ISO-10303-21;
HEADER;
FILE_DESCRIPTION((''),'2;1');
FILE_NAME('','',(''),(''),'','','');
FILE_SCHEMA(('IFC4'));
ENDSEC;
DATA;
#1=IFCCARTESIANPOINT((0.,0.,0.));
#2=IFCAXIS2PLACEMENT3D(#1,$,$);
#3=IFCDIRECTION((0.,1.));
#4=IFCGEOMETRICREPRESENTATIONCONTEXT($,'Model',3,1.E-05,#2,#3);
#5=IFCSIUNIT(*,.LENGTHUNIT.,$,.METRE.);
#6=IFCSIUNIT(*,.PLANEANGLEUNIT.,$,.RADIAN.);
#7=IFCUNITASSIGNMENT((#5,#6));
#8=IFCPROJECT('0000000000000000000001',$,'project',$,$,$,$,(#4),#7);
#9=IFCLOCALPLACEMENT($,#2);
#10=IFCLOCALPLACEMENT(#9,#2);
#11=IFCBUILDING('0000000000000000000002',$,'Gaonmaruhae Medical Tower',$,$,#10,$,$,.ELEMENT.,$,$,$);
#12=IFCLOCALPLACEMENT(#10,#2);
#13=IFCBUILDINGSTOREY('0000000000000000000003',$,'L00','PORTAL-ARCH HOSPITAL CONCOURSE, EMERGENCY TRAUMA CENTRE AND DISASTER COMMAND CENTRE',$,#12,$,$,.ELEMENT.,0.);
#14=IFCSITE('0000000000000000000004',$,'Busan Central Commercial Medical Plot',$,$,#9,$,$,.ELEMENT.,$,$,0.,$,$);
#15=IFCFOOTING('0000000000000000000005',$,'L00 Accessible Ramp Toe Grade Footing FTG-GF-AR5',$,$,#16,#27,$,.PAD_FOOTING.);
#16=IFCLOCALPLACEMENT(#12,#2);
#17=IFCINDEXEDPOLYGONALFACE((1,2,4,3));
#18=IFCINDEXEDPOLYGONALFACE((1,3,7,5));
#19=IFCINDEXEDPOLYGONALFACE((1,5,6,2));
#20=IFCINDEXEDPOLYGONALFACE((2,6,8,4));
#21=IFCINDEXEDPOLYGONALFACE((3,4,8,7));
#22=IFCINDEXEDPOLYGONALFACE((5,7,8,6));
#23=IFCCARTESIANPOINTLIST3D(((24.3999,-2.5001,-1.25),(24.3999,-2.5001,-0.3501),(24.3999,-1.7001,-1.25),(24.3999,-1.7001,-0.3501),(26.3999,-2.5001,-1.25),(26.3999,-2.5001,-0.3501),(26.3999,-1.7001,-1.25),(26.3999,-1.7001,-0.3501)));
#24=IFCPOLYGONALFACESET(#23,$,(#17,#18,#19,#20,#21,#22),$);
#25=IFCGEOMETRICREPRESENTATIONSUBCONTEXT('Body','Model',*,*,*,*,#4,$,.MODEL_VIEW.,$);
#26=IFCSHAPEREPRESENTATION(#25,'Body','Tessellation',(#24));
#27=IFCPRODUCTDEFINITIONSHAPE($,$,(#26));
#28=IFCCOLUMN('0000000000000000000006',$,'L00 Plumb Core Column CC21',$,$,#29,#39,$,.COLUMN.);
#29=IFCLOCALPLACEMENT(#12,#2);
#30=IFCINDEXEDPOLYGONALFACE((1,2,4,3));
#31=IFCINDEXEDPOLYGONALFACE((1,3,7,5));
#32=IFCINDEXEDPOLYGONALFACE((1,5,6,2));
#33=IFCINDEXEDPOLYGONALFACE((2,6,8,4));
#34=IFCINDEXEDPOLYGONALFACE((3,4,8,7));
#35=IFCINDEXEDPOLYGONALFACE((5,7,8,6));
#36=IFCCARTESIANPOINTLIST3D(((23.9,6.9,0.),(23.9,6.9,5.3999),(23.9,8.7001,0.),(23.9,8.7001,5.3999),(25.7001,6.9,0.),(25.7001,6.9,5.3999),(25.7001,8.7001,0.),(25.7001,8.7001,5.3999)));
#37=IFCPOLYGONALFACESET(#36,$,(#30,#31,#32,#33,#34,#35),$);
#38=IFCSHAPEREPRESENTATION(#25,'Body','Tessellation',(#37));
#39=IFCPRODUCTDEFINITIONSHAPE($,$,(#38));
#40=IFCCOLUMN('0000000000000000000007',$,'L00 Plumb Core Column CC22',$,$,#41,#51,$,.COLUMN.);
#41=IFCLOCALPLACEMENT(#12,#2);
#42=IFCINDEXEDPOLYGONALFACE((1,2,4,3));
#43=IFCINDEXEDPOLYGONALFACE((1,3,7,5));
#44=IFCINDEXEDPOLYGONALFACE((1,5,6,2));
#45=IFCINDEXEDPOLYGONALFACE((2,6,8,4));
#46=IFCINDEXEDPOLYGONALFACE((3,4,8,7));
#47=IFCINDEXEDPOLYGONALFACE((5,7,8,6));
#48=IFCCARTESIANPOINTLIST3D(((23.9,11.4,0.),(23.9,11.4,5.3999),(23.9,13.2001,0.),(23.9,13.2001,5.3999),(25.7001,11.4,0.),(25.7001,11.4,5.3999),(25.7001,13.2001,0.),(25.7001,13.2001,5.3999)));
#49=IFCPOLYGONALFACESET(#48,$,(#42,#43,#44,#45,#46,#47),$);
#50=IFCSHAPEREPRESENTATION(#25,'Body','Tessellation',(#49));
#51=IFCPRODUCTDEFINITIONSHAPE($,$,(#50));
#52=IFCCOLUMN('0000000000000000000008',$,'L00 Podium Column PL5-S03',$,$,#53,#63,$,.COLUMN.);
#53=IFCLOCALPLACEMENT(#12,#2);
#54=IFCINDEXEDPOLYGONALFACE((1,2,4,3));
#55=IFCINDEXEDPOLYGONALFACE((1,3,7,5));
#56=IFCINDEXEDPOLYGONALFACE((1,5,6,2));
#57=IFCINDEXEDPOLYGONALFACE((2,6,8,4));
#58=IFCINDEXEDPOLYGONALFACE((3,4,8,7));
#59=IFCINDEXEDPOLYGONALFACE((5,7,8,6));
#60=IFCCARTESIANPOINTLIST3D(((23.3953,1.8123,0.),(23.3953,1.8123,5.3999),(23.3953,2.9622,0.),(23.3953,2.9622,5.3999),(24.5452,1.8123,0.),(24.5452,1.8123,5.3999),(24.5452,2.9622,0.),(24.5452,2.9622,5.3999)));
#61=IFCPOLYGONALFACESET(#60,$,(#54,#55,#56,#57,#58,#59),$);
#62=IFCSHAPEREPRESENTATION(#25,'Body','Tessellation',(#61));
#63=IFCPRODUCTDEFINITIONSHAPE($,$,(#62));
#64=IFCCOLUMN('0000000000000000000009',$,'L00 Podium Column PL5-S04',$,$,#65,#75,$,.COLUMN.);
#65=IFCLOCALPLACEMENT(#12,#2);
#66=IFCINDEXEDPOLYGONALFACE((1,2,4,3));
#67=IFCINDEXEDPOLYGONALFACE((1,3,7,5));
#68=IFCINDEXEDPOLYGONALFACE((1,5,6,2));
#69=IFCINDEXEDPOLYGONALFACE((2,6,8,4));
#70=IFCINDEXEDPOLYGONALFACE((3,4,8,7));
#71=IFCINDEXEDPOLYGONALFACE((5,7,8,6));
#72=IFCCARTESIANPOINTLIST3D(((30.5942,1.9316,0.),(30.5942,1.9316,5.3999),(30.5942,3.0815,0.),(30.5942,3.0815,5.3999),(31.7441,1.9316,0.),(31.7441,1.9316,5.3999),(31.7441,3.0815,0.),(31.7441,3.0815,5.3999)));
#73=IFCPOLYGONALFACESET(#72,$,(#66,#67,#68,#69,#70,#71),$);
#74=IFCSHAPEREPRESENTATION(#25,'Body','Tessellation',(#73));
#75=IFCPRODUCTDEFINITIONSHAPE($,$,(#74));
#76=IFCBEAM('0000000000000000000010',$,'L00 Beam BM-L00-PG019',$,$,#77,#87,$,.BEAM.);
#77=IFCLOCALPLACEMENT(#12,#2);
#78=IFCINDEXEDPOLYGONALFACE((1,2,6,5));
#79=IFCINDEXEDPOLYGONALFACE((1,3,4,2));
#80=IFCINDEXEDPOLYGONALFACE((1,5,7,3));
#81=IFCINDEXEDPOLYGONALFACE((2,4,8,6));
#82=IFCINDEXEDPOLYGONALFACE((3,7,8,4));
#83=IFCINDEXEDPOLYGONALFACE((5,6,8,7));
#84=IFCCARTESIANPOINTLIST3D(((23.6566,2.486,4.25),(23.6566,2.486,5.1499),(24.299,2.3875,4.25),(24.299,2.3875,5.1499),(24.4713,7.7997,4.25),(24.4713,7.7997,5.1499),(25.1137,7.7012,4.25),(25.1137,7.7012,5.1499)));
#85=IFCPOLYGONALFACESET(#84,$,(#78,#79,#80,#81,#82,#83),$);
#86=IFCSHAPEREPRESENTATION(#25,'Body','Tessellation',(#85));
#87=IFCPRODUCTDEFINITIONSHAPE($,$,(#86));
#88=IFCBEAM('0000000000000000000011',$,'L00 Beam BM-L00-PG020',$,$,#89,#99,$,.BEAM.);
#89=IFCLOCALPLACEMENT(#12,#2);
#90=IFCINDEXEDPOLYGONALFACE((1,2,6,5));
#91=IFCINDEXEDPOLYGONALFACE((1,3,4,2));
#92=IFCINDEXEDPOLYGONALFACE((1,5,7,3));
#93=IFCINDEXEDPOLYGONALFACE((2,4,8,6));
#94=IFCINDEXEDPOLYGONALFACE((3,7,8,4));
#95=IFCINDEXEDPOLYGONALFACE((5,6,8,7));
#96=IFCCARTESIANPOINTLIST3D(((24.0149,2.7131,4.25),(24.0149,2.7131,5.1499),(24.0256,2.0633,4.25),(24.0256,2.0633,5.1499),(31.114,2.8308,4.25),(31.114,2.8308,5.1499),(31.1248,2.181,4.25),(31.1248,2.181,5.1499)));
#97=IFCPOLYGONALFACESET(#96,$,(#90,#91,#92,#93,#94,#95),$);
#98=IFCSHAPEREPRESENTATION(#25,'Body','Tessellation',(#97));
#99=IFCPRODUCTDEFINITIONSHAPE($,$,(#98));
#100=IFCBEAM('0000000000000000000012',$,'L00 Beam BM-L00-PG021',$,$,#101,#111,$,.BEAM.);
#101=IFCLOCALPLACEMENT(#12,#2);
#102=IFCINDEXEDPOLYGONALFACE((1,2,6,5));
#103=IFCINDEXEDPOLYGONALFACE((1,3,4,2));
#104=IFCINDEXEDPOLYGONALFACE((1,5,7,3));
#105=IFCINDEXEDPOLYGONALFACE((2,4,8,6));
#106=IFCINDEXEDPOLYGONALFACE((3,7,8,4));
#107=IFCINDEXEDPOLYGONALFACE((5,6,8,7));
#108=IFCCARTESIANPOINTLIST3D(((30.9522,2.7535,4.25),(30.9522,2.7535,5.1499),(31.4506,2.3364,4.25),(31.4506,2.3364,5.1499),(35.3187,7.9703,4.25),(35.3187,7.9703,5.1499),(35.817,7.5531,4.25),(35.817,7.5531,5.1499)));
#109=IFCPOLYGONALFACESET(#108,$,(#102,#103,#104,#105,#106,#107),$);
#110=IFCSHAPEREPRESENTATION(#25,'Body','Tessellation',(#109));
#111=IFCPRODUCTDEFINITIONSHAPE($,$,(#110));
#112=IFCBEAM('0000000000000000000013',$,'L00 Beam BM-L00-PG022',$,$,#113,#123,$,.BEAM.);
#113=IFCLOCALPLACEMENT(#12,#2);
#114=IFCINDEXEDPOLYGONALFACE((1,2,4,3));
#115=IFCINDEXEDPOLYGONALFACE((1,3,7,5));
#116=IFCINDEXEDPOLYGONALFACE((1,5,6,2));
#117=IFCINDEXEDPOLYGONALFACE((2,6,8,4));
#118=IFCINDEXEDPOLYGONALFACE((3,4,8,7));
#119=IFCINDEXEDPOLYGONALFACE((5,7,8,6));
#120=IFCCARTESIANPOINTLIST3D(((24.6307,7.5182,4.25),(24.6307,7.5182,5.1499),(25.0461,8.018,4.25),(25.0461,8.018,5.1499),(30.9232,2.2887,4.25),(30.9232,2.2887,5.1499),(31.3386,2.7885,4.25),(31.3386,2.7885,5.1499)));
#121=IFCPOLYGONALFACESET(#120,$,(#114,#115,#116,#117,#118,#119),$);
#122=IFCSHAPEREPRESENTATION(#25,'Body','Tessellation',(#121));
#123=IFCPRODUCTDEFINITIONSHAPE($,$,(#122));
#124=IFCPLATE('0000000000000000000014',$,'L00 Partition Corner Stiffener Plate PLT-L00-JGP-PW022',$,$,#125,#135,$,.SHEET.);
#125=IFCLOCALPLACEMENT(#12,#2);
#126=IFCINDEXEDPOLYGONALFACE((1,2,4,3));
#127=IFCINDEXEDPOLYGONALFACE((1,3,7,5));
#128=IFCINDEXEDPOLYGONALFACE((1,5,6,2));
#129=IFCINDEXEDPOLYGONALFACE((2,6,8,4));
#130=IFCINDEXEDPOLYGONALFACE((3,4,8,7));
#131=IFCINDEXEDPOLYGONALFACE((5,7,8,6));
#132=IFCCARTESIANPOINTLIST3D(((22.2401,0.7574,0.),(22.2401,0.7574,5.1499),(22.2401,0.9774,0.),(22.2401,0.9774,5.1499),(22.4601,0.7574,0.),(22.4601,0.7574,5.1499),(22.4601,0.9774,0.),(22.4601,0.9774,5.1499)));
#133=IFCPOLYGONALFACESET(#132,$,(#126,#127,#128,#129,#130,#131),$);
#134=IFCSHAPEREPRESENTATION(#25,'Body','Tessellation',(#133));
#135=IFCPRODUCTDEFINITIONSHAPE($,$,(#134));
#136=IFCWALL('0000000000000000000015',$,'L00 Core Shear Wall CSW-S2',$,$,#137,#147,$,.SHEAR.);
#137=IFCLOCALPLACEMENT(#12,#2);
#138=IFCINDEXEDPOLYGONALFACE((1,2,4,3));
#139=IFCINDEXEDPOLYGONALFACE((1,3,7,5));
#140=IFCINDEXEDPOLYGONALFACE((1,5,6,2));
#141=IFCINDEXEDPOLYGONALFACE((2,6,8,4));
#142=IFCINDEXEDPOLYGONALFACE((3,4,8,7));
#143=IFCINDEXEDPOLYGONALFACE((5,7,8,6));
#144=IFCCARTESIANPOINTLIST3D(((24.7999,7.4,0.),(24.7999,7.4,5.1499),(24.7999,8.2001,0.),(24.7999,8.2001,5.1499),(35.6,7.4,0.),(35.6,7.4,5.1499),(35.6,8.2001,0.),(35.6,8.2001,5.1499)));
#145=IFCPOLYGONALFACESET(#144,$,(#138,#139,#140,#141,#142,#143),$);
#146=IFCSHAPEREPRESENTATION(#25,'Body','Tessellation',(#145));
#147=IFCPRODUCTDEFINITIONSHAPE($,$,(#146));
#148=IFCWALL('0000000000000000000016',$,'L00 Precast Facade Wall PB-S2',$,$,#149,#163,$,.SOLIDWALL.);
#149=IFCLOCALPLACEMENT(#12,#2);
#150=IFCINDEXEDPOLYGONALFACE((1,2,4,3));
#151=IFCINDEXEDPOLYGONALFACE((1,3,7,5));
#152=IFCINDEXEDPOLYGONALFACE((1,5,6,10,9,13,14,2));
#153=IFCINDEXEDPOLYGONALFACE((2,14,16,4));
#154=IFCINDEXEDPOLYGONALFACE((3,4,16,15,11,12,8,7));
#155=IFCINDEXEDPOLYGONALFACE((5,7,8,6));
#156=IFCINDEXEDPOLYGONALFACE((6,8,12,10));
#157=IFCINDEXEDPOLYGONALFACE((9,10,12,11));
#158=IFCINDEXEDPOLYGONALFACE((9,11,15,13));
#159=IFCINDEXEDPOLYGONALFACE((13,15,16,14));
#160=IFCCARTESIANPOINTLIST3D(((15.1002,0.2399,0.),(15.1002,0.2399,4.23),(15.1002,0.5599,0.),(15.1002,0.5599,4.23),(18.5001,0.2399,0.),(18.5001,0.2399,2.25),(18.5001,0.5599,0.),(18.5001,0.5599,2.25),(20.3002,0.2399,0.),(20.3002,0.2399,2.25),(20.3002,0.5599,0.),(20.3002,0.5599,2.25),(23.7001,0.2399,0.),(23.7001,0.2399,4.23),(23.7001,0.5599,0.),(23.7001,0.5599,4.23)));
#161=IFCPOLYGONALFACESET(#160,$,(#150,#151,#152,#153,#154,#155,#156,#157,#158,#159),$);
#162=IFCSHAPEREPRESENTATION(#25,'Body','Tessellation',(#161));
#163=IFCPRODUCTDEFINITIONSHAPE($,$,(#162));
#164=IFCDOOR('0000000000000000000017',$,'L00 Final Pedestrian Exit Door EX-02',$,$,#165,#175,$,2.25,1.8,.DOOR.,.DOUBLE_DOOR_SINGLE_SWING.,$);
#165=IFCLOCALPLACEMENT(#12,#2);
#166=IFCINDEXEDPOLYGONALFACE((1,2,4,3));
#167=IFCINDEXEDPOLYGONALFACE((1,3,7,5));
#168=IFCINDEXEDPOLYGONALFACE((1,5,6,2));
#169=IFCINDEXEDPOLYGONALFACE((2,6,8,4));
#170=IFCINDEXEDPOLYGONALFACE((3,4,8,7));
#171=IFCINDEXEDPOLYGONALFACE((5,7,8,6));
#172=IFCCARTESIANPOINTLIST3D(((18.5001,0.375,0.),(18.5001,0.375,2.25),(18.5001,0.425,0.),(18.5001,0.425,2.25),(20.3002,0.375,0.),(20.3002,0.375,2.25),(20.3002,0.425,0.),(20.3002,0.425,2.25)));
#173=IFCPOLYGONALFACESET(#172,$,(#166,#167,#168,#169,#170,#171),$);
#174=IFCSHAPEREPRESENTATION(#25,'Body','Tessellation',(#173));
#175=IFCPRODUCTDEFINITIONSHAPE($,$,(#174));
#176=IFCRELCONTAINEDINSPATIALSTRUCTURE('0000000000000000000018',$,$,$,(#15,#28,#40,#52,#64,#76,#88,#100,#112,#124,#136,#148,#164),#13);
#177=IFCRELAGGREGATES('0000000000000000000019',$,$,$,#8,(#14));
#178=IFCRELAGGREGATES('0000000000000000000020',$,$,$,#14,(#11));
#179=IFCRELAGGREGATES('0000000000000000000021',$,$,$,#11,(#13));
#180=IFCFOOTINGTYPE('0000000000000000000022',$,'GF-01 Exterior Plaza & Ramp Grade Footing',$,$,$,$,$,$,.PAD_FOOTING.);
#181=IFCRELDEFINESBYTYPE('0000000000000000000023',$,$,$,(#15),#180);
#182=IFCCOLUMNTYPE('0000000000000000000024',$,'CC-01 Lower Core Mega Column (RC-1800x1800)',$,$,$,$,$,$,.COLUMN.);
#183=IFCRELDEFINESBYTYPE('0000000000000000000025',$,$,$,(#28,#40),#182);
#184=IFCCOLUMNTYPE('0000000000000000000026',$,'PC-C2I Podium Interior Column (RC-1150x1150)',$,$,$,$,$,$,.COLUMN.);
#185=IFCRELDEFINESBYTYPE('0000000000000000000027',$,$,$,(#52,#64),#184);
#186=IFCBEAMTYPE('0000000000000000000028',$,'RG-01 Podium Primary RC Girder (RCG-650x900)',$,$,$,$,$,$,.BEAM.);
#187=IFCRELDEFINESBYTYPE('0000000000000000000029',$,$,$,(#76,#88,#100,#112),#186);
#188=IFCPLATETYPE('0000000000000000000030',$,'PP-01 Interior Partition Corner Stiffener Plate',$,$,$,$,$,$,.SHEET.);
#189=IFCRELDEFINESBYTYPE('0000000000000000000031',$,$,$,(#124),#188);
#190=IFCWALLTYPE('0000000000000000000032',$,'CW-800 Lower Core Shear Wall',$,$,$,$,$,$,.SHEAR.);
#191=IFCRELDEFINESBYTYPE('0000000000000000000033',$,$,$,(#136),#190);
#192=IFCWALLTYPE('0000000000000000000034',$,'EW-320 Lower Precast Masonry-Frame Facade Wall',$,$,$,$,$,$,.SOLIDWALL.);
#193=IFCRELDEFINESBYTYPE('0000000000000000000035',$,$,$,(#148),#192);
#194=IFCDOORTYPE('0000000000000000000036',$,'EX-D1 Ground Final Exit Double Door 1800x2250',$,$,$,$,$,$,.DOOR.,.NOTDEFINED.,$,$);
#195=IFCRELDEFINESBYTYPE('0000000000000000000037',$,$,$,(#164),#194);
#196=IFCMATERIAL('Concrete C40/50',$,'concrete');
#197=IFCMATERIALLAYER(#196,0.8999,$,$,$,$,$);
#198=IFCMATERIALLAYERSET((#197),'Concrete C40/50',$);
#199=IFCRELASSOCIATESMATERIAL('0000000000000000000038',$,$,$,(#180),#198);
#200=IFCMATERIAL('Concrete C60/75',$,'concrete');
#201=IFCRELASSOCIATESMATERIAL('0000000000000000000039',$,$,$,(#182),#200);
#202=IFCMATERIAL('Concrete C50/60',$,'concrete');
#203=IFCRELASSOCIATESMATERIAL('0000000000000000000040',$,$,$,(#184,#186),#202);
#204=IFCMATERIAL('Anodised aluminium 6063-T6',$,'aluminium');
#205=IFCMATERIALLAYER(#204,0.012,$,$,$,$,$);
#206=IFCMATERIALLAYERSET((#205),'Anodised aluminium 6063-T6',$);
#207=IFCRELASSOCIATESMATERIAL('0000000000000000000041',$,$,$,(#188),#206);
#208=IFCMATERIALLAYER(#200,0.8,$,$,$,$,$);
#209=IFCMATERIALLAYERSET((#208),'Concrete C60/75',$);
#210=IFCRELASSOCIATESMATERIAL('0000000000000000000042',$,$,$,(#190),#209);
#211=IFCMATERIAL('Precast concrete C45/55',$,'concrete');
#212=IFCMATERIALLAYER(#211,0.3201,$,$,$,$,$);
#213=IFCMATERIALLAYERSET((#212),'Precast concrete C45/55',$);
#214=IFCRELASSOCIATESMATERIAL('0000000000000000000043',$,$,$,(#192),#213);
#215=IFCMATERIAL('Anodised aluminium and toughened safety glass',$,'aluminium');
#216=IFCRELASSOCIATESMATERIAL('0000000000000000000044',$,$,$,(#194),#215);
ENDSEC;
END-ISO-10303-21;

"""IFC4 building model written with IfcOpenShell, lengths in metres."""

from ifc_helpers import new_model, si_unit, direction, frame, frame_2d, origin, origin_2d, place, context, subcontext, project, spatial, rectangle, extrude, material, layer, layer_set, material_profile, profile_set, type_object, element, fill, save


model = new_model("IFC4")

# Units and contexts
model_context = context("Model", 3, precision=1e-05, world=origin(), true_north=direction((0.0, 1.0)))
body_context = subcontext(model_context, "Body", "Model", "MODEL_VIEW")
ifc_project = project(units=[si_unit("LENGTHUNIT", "METRE"), si_unit("PLANEANGLEUNIT", "RADIAN")], contexts=[model_context])

# Site, building, storey
site_placement = place(None, origin())
site = spatial("IfcSite", under=ifc_project, at=site_placement, Name="Busan Central Commercial Medical Plot", CompositionType="ELEMENT", RefElevation=0.0)
building_placement = place(site_placement, origin())
building = spatial("IfcBuilding", under=site, at=building_placement, Name="Gaonmaruhae Medical Tower", CompositionType="ELEMENT")
storey_placement = place(building_placement, origin())
storey = spatial("IfcBuildingStorey", under=building, at=storey_placement, Name="L00", Description="PORTAL-ARCH HOSPITAL CONCOURSE, EMERGENCY TRAUMA CENTRE AND DISASTER COMMAND CENTRE", CompositionType="ELEMENT", Elevation=0.0)

# Footing
ifc_material_1 = material(Name="Concrete C40/50", Category="concrete")
ifc_layer_1 = layer(ifc_material_1, 0.8999)
ifc_layer_set_1 = layer_set([ifc_layer_1], Name="Concrete C40/50")
footing_type = type_object("IfcFootingType", Name="GF-01 Exterior Plaza & Ramp Grade Footing", PredefinedType="PAD_FOOTING", material=ifc_layer_set_1)
footing_placement = place(storey_placement, frame((25.3999, -2.1001, -1.25), z_axis=(0.0, 0.0, 1.0), x_axis=(1.0, 0.0, 0.0)))
element("IfcFooting", 1, at=footing_placement, inside=storey, type_object=footing_type, Name="L00 Accessible Ramp Toe Grade Footing FTG-GF-AR5", PredefinedType="PAD_FOOTING", context=body_context, shape_type="SweptSolid", body=[
    extrude(rectangle(XDim=2.0, YDim=0.8, at=origin_2d()), origin(), (0.0, 0.0, 1.0), 0.8999),
])

# Columns
ifc_material_2 = material(Name="Concrete C60/75", Category="concrete")
ifc_material_profile_1 = material_profile(ifc_material_2, rectangle(XDim=1.8, YDim=1.8, at=origin_2d()), Name="RC-1800x1800")
ifc_profile_set_1 = profile_set([ifc_material_profile_1], Name="Concrete C60/75")
column_type_1 = type_object("IfcColumnType", Name="CC-01 Lower Core Mega Column (RC-1800x1800)", PredefinedType="COLUMN", material=ifc_profile_set_1)
for number, where, z_axis, x_axis, name in (
    (2, (24.8, 7.8, 0.0), (0.0, 0.0, 1.0), (1.0, 0.0, 0.0), "L00 Plumb Core Column CC21"),
    (3, (24.8, 12.3, 0.0), (0.0, 0.0, 1.0), (1.0, 0.0, 0.0), "L00 Plumb Core Column CC22"),
):
    element("IfcColumn", number, at=place(storey_placement, frame(where, z_axis=z_axis, x_axis=x_axis)), inside=storey, type_object=column_type_1, Name=name, PredefinedType="COLUMN", context=body_context, shape_type="SweptSolid", body=[
        extrude(rectangle(XDim=1.8, YDim=1.8, at=origin_2d()), origin(), (0.0, 0.0, 1.0), 5.3999),
    ])
ifc_material_3 = material(Name="Concrete C50/60", Category="concrete")
ifc_material_profile_2 = material_profile(ifc_material_3, rectangle(XDim=1.1499, YDim=1.1499, at=origin_2d()), Name="RC-1150x1150")
ifc_profile_set_2 = profile_set([ifc_material_profile_2], Name="Concrete C50/60")
column_type_2 = type_object("IfcColumnType", Name="PC-C2I Podium Interior Column (RC-1150x1150)", PredefinedType="COLUMN", material=ifc_profile_set_2)
for number, where, z_axis, x_axis, name in (
    (4, (23.9702, 2.3872, 0.0), (0.0, 0.0, 1.0), (1.0, 0.0, 0.0), "L00 Podium Column PL5-S03"),
    (5, (31.1692, 2.5066, 0.0), (0.0, 0.0, 1.0), (1.0, 0.0, 0.0), "L00 Podium Column PL5-S04"),
):
    element("IfcColumn", number, at=place(storey_placement, frame(where, z_axis=z_axis, x_axis=x_axis)), inside=storey, type_object=column_type_2, Name=name, PredefinedType="COLUMN", context=body_context, shape_type="SweptSolid", body=[
        extrude(rectangle(XDim=1.1499, YDim=1.1499, at=origin_2d()), origin(), (0.0, 0.0, 1.0), 5.3999),
    ])

# Beams
ifc_material_profile_3 = material_profile(ifc_material_3, rectangle(XDim=0.6499, YDim=0.8999, at=origin_2d()), Name="RCG-650x900")
ifc_profile_set_3 = profile_set([ifc_material_profile_3], Name="Concrete C50/60")
beam_type = type_object("IfcBeamType", Name="RG-01 Podium Primary RC Girder (RCG-650x900)", PredefinedType="BEAM", material=ifc_profile_set_3)
beam_1_placement = place(storey_placement, frame((23.9778, 2.4368, 4.7), z_axis=(0.151549, 0.98845, 0.0), x_axis=(-0.98845, 0.151549, 0.0)))
element("IfcBeam", 6, at=beam_1_placement, inside=storey, type_object=beam_type, Name="L00 Beam BM-L00-PG019", PredefinedType="BEAM", context=body_context, shape_type="SweptSolid", body=[
    extrude(rectangle(XDim=0.6499, YDim=0.8999, at=origin_2d()), origin(), (0.0, 0.0, 1.0), 5.3757),
])
beam_2_placement = place(storey_placement, frame((24.0203, 2.3882, 4.7), z_axis=(0.999863, 0.016574, 0.0), x_axis=(-0.016574, 0.999863, 0.0)))
element("IfcBeam", 7, at=beam_2_placement, inside=storey, type_object=beam_type, Name="L00 Beam BM-L00-PG020", PredefinedType="BEAM", context=body_context, shape_type="SweptSolid", body=[
    extrude(rectangle(XDim=0.6499, YDim=0.8999, at=origin_2d()), origin(), (0.0, 0.0, 1.0), 7.1001),
])
beam_3_placement = place(storey_placement, frame((31.2014, 2.5449, 4.7), z_axis=(0.641842, 0.766837, 0.0), x_axis=(-0.766837, 0.641842, 0.0)))
element("IfcBeam", 8, at=beam_3_placement, inside=storey, type_object=beam_type, Name="L00 Beam BM-L00-PG021", PredefinedType="BEAM", context=body_context, shape_type="SweptSolid", body=[
    extrude(rectangle(XDim=0.6499, YDim=0.8999, at=origin_2d()), origin(), (0.0, 0.0, 1.0), 6.803),
])
beam_4_placement = place(storey_placement, frame((31.1309, 2.5386, 4.7), z_axis=(-0.769077, 0.639157, 0.0), x_axis=(-0.639157, -0.769077, 0.0)))
element("IfcBeam", 9, at=beam_4_placement, inside=storey, type_object=beam_type, Name="L00 Beam BM-L00-PG022", PredefinedType="BEAM", context=body_context, shape_type="SweptSolid", body=[
    extrude(rectangle(XDim=0.6499, YDim=0.8999, at=origin_2d()), origin(), (0.0, 0.0, 1.0), 8.1819),
])

# Plate
ifc_material_4 = material(Name="Anodised aluminium 6063-T6", Category="aluminium")
ifc_layer_2 = layer(ifc_material_4, 0.012)
ifc_layer_set_2 = layer_set([ifc_layer_2], Name="Anodised aluminium 6063-T6")
plate_type = type_object("IfcPlateType", Name="PP-01 Interior Partition Corner Stiffener Plate", PredefinedType="SHEET", material=ifc_layer_set_2)
plate_placement = place(storey_placement, frame((22.3501, 0.8674, 0.0), z_axis=(0.0, 0.0, 1.0), x_axis=(0.0, 1.0, 0.0)))
element("IfcPlate", 10, at=plate_placement, inside=storey, type_object=plate_type, Name="L00 Partition Corner Stiffener Plate PLT-L00-JGP-PW022", PredefinedType="SHEET", context=body_context, shape_type="SweptSolid", body=[
    extrude(rectangle(XDim=0.22, YDim=0.22, at=origin_2d()), origin(), (0.0, 0.0, 1.0), 5.1499),
])

# Wall
ifc_layer_3 = layer(ifc_material_2, 0.8)
ifc_layer_set_3 = layer_set([ifc_layer_3], Name="Concrete C60/75")
wall_type_1 = type_object("IfcWallType", Name="CW-800 Lower Core Shear Wall", PredefinedType="SHEAR", material=ifc_layer_set_3)
wall_1_placement = place(storey_placement, frame((24.8, 7.8, 0.0), z_axis=(0.0, 0.0, 1.0), x_axis=(1.0, 0.0, 0.0)))
element("IfcWall", 11, at=wall_1_placement, inside=storey, type_object=wall_type_1, Name="L00 Core Shear Wall CSW-S2", PredefinedType="SHEAR", context=body_context, shape_type="SweptSolid", body=[
    extrude(rectangle(XDim=10.8, YDim=0.8, at=frame_2d((5.3999, 0.0))), origin(), (0.0, 0.0, 1.0), 5.1499),
])

# Wall, opening, door
ifc_material_5 = material(Name="Precast concrete C45/55", Category="concrete")
ifc_layer_4 = layer(ifc_material_5, 0.3201)
ifc_layer_set_4 = layer_set([ifc_layer_4], Name="Precast concrete C45/55")
wall_type_2 = type_object("IfcWallType", Name="EW-320 Lower Precast Masonry-Frame Facade Wall", PredefinedType="SOLIDWALL", material=ifc_layer_set_4)
wall_2_placement = place(storey_placement, frame((23.7, 0.3999, 0.0), z_axis=(0.0, 0.0, 1.0), x_axis=(-1.0, 0.0, 0.0)))
wall_2 = element("IfcWall", 12, at=wall_2_placement, inside=storey, type_object=wall_type_2, Name="L00 Precast Facade Wall PB-S2", PredefinedType="SOLIDWALL", context=body_context, shape_type="SweptSolid", body=[
    extrude(rectangle(XDim=8.5999, YDim=0.3201, at=frame_2d((4.2998, 0.0))), origin(), (0.0, 0.0, 1.0), 4.23),
])
opening_1_placement = place(wall_2_placement, frame((3.3999, 0.0, 0.0)))
opening_1 = element("IfcOpeningElement", 13, at=opening_1_placement, cuts=wall_2, PredefinedType="OPENING", context=body_context, shape_type="SweptSolid", body=[
    extrude(rectangle(XDim=1.8, YDim=2.25, at=frame_2d((0.8999, 1.125))), frame((0.0, 0.1699, 0.0), z_axis=(0.0, -1.0, 0.0), x_axis=(1.0, 0.0, 0.0)), (0.0, 0.0, 1.0), 0.3401),
])
ifc_material_6 = material(Name="Anodised aluminium and toughened safety glass", Category="aluminium")
door_type_1 = type_object("IfcDoorType", Name="EX-D1 Ground Final Exit Double Door 1800x2250", OperationType="NOTDEFINED", PredefinedType="DOOR", material=ifc_material_6)
door_1_placement = place(opening_1_placement, origin())
door_1 = element("IfcDoor", 14, at=door_1_placement, inside=storey, type_object=door_type_1, Name="L00 Final Pedestrian Exit Door EX-02", OperationType="DOUBLE_DOOR_SINGLE_SWING", OverallHeight=2.25, OverallWidth=1.8, PredefinedType="DOOR", context=body_context, shape_type="SweptSolid", body=[
    extrude(rectangle(XDim=1.8, YDim=2.25, at=frame_2d((0.8999, 1.125))), frame((0.0, 0.0249, 0.0), z_axis=(0.0, -1.0, 0.0), x_axis=(1.0, 0.0, 0.0)), (0.0, 0.0, 1.0), 0.05),
])
fill(opening_1, door_1)

save(model, "model.ifc")
